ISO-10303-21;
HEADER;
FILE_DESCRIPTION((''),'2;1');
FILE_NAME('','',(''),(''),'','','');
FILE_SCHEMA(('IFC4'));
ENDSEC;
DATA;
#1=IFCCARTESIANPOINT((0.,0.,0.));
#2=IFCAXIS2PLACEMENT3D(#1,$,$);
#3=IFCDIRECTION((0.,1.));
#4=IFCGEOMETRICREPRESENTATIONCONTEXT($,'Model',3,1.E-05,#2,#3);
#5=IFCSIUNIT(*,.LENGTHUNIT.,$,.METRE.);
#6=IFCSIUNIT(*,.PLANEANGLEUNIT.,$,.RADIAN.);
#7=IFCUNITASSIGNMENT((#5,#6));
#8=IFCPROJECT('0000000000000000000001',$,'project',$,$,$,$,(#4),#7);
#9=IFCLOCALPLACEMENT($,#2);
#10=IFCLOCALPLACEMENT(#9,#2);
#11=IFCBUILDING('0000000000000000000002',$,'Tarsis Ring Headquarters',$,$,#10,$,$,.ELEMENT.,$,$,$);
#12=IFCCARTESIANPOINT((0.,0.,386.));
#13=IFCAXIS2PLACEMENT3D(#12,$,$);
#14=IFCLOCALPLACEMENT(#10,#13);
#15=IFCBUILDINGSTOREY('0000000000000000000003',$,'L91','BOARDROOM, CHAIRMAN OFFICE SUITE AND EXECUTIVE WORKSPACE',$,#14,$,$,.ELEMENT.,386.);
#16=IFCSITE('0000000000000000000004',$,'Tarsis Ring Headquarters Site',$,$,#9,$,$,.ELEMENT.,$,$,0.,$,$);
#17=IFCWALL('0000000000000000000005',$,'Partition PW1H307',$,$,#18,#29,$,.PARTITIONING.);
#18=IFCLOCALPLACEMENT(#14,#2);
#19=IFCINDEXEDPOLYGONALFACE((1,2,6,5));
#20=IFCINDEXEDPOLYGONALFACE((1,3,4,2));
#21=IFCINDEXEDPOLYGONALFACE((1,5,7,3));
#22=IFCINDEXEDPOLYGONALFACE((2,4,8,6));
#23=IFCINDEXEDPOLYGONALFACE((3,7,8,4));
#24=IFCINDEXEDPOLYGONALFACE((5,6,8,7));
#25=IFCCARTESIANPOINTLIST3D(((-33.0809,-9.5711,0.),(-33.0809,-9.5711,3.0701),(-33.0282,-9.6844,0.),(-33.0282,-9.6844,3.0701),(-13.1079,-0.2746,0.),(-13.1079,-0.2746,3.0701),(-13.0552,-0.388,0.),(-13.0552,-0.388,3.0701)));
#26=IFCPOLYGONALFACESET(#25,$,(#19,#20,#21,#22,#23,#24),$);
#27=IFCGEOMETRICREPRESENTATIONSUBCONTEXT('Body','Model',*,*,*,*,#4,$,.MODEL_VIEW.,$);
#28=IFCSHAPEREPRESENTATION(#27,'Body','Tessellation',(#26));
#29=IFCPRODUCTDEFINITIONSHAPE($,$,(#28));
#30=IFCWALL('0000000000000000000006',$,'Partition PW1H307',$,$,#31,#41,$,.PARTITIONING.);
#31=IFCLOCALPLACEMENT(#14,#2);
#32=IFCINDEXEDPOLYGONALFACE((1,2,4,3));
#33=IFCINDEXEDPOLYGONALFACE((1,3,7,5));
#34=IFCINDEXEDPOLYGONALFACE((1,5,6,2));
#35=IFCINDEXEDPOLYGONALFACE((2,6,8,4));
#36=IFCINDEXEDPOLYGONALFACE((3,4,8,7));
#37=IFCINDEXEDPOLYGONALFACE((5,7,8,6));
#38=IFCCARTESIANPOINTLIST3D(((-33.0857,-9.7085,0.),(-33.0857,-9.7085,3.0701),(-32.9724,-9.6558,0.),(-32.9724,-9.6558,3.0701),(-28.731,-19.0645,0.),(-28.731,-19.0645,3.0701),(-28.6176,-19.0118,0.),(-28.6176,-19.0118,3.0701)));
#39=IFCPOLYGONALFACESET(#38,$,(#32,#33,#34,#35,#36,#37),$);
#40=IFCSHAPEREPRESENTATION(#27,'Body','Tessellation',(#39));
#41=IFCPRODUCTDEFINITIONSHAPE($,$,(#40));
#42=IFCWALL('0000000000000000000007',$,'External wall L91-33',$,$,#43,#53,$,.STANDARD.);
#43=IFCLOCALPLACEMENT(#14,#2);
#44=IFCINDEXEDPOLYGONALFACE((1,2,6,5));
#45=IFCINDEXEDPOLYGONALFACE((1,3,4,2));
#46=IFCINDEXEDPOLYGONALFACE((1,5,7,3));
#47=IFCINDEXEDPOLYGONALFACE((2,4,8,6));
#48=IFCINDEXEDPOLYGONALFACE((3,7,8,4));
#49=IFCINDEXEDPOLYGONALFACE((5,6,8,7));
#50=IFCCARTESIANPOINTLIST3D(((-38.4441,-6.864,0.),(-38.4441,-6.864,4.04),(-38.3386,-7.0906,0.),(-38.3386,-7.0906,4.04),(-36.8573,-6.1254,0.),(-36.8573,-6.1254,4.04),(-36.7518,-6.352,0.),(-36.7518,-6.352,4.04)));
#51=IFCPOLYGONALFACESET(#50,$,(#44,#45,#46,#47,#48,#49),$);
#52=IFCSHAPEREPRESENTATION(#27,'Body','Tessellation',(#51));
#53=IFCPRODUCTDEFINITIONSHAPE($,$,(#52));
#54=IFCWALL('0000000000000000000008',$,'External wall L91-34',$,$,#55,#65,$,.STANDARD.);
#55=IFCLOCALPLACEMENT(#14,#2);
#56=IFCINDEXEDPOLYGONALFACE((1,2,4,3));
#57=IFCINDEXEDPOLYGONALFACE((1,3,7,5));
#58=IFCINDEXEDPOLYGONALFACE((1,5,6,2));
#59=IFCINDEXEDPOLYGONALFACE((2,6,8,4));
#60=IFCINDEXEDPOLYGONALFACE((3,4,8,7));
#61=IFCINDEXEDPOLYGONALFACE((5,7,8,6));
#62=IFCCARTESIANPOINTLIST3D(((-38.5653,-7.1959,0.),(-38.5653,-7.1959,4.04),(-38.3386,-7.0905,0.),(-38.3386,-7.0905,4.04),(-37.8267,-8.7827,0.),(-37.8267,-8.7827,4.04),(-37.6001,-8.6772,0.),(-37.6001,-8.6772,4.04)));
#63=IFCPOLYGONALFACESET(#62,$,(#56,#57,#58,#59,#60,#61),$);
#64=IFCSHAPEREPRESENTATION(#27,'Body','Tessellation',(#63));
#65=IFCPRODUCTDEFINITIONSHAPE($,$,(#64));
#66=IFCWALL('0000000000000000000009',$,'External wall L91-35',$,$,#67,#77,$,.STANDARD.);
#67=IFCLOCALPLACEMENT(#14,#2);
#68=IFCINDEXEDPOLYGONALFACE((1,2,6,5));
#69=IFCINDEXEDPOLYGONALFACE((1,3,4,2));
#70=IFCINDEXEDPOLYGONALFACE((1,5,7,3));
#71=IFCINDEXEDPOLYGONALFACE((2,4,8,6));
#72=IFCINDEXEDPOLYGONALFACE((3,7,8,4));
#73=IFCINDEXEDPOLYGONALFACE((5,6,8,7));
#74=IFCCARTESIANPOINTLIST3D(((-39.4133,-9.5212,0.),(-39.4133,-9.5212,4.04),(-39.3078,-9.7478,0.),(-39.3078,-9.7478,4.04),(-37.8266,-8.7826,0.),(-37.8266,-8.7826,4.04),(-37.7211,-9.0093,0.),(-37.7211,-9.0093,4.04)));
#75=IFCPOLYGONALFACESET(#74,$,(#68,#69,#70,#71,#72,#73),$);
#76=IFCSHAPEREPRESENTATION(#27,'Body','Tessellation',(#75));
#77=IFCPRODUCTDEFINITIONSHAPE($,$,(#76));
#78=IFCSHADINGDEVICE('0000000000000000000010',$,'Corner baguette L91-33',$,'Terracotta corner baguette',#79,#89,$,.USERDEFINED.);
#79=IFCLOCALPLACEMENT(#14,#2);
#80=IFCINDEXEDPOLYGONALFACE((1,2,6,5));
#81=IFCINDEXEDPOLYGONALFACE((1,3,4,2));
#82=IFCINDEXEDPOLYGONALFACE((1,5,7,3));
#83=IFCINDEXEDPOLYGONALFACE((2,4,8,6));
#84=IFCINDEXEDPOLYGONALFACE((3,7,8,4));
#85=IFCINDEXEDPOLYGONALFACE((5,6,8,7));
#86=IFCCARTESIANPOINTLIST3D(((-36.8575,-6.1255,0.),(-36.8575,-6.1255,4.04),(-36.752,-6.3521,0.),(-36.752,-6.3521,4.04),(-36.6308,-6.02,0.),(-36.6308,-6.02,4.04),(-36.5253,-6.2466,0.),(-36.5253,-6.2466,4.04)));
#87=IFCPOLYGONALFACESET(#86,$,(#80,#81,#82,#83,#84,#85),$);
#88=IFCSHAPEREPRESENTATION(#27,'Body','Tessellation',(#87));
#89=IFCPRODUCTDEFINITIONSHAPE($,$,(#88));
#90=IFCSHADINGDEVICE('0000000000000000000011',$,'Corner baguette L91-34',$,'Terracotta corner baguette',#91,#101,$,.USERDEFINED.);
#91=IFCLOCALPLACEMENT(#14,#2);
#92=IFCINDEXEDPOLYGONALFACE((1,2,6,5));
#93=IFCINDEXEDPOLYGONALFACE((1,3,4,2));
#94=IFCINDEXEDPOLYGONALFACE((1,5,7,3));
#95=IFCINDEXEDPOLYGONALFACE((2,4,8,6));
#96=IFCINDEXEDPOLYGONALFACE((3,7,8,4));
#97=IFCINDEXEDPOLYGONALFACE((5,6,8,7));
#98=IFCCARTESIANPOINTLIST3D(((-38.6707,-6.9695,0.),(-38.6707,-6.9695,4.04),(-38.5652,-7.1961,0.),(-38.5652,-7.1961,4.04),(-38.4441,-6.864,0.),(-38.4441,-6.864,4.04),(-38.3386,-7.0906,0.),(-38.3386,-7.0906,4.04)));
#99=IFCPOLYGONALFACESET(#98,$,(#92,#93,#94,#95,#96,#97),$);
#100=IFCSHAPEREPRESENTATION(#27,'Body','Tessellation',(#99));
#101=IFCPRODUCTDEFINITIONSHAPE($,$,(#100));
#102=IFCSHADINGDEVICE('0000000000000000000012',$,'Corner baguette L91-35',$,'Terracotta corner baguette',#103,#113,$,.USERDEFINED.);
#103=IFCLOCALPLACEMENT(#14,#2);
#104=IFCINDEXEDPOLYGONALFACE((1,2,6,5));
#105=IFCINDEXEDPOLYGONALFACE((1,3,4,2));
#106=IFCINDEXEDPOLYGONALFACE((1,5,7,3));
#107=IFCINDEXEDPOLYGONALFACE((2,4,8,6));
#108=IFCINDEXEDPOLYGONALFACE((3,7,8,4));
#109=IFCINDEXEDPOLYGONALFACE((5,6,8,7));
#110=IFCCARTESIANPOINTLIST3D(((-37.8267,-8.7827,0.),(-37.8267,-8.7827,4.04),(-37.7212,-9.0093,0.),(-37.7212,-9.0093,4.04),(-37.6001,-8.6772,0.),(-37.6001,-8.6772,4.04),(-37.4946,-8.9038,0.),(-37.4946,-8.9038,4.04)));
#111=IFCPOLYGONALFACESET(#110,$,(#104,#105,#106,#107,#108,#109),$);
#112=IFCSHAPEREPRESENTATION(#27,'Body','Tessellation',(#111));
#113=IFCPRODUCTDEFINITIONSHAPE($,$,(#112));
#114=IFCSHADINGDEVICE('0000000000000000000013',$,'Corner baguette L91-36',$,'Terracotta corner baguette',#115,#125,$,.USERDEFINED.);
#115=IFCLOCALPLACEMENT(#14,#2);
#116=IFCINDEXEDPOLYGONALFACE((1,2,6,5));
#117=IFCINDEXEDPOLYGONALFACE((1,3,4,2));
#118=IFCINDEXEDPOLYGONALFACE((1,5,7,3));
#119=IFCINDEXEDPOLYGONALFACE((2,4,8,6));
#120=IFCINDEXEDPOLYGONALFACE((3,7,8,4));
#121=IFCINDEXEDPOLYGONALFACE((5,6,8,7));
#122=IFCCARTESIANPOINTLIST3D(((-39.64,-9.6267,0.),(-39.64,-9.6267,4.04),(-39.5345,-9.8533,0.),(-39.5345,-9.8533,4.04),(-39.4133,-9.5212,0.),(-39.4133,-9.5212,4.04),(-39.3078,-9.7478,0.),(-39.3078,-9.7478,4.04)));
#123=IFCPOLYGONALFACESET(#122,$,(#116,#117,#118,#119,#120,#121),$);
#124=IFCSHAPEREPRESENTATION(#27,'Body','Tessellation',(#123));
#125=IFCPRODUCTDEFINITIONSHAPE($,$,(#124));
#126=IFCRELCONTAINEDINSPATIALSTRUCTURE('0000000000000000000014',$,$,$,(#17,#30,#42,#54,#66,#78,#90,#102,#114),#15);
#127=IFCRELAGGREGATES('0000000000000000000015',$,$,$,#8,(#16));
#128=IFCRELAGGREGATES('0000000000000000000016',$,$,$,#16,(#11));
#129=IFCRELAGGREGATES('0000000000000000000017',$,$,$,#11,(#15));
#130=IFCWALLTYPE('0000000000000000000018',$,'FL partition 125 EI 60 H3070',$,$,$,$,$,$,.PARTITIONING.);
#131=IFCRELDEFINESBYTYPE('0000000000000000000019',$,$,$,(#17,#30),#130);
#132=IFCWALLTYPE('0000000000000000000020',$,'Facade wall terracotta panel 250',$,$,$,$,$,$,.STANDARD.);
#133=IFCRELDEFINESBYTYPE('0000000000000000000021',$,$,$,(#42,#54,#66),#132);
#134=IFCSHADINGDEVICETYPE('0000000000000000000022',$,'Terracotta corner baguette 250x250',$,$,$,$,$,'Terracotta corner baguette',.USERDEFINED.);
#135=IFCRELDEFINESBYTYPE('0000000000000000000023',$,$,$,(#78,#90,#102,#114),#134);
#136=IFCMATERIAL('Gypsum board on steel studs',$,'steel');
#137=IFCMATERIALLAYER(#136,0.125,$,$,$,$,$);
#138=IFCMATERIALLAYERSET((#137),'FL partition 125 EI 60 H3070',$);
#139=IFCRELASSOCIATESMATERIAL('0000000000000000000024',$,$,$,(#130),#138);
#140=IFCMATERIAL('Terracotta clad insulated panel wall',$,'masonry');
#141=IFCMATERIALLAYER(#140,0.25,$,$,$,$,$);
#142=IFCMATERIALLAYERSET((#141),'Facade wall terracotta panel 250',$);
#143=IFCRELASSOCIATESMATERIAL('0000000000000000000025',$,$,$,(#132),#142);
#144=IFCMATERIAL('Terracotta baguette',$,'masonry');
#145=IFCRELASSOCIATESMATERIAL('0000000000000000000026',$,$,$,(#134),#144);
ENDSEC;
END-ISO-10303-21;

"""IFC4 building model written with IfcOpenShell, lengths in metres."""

from ifc_helpers import new_model, si_unit, direction, frame, frame_2d, origin, origin_2d, place, context, subcontext, project, spatial, rectangle, extrude, material, layer, layer_set, type_object, element, save


model = new_model("IFC4")

# Units and contexts
model_context = context("Model", 3, precision=1e-05, world=origin(), true_north=direction((0.0, 1.0)))
body_context = subcontext(model_context, "Body", "Model", "MODEL_VIEW")
ifc_project = project(units=[si_unit("LENGTHUNIT", "METRE"), si_unit("PLANEANGLEUNIT", "RADIAN")], contexts=[model_context])

# Site, building, storey
site_placement = place(None, origin())
site = spatial("IfcSite", under=ifc_project, at=site_placement, Name="Tarsis Ring Headquarters Site", CompositionType="ELEMENT", RefElevation=0.0)
building_placement = place(site_placement, origin())
building = spatial("IfcBuilding", under=site, at=building_placement, Name="Tarsis Ring Headquarters", CompositionType="ELEMENT")
storey_placement = place(building_placement, frame((0.0, 0.0, 386.0)))
storey = spatial("IfcBuildingStorey", under=building, at=storey_placement, Name="L91", Description="BOARDROOM, CHAIRMAN OFFICE SUITE AND EXECUTIVE WORKSPACE", CompositionType="ELEMENT", Elevation=386.0)

# Walls
ifc_material_1 = material(Name="Gypsum board on steel studs", Category="steel")
ifc_layer_1 = layer(ifc_material_1, 0.125)
ifc_layer_set_1 = layer_set([ifc_layer_1], Name="FL partition 125 EI 60 H3070")
wall_type_1 = type_object("IfcWallType", Name="FL partition 125 EI 60 H3070", PredefinedType="PARTITIONING", material=ifc_layer_set_1)
wall_1_placement = place(storey_placement, frame((-33.0544, -9.6277, 0.0), z_axis=(0.0, 0.0, 1.0), x_axis=(0.906605, 0.421979, 0.0)))
element("IfcWall", 1, at=wall_1_placement, inside=storey, type_object=wall_type_1, Name="Partition PW1H307", PredefinedType="PARTITIONING", context=body_context, shape_type="SweptSolid", body=[
    extrude(rectangle(XDim=22.0305, YDim=0.125, at=frame_2d((11.0151, 0.0))), origin(), (0.0, 0.0, 1.0), 3.0701),
])
wall_2_placement = place(storey_placement, frame((-33.0291, -9.6821, 0.0), z_axis=(0.0, 0.0, 1.0), x_axis=(0.42198, -0.906605, 0.0)))
element("IfcWall", 2, at=wall_2_placement, inside=storey, type_object=wall_type_1, Name="Partition PW1H307", PredefinedType="PARTITIONING", context=body_context, shape_type="SweptSolid", body=[
    extrude(rectangle(XDim=10.3198, YDim=0.125, at=frame_2d((5.1599, 0.0))), origin(), (0.0, 0.0, 1.0), 3.0701),
])
ifc_material_2 = material(Name="Terracotta clad insulated panel wall", Category="masonry")
ifc_layer_2 = layer(ifc_material_2, 0.25)
ifc_layer_set_2 = layer_set([ifc_layer_2], Name="Facade wall terracotta panel 250")
wall_type_2 = type_object("IfcWallType", Name="Facade wall terracotta panel 250", PredefinedType="STANDARD", material=ifc_layer_set_2)
for number, where, z_axis, x_axis, name in (
    (3, (-36.8047, -6.2388, 0.0), (0.0, 0.0, 1.0), (-0.906603, -0.421984, 0.0), "External wall L91-33"),
    (4, (-38.4519, -7.1433, 0.0), (0.0, 0.0, 1.0), (0.421984, -0.906603, 0.0), "External wall L91-34"),
    (5, (-37.7739, -8.896, 0.0), (0.0, 0.0, 1.0), (-0.906603, -0.421984, 0.0), "External wall L91-35"),
):
    element("IfcWall", number, at=place(storey_placement, frame(where, z_axis=z_axis, x_axis=x_axis)), inside=storey, type_object=wall_type_2, Name=name, PredefinedType="STANDARD", context=body_context, shape_type="SweptSolid", body=[
        extrude(rectangle(XDim=1.7502, YDim=0.25, at=frame_2d((0.875, 0.0))), origin(), (0.0, 0.0, 1.0), 4.04),
    ])

# Shading devices
ifc_material_3 = material(Name="Terracotta baguette", Category="masonry")
shading_device_type_1 = type_object("IfcShadingDeviceType", Name="Terracotta corner baguette 250x250", ElementType="Terracotta corner baguette", PredefinedType="USERDEFINED", material=ifc_material_3)
for number, where, z_axis, x_axis, name in (
    (6, (-36.6914, -6.186, 0.0), (0.0, 0.0, 1.0), (0.421985, -0.906603, 0.0), "Corner baguette L91-33"),
    (7, (-38.5046, -7.03, 0.0), (0.0, 0.0, 1.0), (-0.906602, -0.421986, 0.0), "Corner baguette L91-34"),
    (8, (-37.6606, -8.8433, 0.0), (0.0, 0.0, 1.0), (0.421986, -0.906603, 0.0), "Corner baguette L91-35"),
    (9, (-39.4739, -9.6873, 0.0), (0.0, 0.0, 1.0), (-0.906603, -0.421985, 0.0), "Corner baguette L91-36"),
):
    element("IfcShadingDevice", number, at=place(storey_placement, frame(where, z_axis=z_axis, x_axis=x_axis)), inside=storey, type_object=shading_device_type_1, Name=name, ObjectType="Terracotta corner baguette", PredefinedType="USERDEFINED", context=body_context, shape_type="SweptSolid", body=[
        extrude(rectangle(XDim=0.25, YDim=0.25, at=origin_2d()), origin(), (0.0, 0.0, 1.0), 4.04),
    ])

save(model, "model.ifc")
